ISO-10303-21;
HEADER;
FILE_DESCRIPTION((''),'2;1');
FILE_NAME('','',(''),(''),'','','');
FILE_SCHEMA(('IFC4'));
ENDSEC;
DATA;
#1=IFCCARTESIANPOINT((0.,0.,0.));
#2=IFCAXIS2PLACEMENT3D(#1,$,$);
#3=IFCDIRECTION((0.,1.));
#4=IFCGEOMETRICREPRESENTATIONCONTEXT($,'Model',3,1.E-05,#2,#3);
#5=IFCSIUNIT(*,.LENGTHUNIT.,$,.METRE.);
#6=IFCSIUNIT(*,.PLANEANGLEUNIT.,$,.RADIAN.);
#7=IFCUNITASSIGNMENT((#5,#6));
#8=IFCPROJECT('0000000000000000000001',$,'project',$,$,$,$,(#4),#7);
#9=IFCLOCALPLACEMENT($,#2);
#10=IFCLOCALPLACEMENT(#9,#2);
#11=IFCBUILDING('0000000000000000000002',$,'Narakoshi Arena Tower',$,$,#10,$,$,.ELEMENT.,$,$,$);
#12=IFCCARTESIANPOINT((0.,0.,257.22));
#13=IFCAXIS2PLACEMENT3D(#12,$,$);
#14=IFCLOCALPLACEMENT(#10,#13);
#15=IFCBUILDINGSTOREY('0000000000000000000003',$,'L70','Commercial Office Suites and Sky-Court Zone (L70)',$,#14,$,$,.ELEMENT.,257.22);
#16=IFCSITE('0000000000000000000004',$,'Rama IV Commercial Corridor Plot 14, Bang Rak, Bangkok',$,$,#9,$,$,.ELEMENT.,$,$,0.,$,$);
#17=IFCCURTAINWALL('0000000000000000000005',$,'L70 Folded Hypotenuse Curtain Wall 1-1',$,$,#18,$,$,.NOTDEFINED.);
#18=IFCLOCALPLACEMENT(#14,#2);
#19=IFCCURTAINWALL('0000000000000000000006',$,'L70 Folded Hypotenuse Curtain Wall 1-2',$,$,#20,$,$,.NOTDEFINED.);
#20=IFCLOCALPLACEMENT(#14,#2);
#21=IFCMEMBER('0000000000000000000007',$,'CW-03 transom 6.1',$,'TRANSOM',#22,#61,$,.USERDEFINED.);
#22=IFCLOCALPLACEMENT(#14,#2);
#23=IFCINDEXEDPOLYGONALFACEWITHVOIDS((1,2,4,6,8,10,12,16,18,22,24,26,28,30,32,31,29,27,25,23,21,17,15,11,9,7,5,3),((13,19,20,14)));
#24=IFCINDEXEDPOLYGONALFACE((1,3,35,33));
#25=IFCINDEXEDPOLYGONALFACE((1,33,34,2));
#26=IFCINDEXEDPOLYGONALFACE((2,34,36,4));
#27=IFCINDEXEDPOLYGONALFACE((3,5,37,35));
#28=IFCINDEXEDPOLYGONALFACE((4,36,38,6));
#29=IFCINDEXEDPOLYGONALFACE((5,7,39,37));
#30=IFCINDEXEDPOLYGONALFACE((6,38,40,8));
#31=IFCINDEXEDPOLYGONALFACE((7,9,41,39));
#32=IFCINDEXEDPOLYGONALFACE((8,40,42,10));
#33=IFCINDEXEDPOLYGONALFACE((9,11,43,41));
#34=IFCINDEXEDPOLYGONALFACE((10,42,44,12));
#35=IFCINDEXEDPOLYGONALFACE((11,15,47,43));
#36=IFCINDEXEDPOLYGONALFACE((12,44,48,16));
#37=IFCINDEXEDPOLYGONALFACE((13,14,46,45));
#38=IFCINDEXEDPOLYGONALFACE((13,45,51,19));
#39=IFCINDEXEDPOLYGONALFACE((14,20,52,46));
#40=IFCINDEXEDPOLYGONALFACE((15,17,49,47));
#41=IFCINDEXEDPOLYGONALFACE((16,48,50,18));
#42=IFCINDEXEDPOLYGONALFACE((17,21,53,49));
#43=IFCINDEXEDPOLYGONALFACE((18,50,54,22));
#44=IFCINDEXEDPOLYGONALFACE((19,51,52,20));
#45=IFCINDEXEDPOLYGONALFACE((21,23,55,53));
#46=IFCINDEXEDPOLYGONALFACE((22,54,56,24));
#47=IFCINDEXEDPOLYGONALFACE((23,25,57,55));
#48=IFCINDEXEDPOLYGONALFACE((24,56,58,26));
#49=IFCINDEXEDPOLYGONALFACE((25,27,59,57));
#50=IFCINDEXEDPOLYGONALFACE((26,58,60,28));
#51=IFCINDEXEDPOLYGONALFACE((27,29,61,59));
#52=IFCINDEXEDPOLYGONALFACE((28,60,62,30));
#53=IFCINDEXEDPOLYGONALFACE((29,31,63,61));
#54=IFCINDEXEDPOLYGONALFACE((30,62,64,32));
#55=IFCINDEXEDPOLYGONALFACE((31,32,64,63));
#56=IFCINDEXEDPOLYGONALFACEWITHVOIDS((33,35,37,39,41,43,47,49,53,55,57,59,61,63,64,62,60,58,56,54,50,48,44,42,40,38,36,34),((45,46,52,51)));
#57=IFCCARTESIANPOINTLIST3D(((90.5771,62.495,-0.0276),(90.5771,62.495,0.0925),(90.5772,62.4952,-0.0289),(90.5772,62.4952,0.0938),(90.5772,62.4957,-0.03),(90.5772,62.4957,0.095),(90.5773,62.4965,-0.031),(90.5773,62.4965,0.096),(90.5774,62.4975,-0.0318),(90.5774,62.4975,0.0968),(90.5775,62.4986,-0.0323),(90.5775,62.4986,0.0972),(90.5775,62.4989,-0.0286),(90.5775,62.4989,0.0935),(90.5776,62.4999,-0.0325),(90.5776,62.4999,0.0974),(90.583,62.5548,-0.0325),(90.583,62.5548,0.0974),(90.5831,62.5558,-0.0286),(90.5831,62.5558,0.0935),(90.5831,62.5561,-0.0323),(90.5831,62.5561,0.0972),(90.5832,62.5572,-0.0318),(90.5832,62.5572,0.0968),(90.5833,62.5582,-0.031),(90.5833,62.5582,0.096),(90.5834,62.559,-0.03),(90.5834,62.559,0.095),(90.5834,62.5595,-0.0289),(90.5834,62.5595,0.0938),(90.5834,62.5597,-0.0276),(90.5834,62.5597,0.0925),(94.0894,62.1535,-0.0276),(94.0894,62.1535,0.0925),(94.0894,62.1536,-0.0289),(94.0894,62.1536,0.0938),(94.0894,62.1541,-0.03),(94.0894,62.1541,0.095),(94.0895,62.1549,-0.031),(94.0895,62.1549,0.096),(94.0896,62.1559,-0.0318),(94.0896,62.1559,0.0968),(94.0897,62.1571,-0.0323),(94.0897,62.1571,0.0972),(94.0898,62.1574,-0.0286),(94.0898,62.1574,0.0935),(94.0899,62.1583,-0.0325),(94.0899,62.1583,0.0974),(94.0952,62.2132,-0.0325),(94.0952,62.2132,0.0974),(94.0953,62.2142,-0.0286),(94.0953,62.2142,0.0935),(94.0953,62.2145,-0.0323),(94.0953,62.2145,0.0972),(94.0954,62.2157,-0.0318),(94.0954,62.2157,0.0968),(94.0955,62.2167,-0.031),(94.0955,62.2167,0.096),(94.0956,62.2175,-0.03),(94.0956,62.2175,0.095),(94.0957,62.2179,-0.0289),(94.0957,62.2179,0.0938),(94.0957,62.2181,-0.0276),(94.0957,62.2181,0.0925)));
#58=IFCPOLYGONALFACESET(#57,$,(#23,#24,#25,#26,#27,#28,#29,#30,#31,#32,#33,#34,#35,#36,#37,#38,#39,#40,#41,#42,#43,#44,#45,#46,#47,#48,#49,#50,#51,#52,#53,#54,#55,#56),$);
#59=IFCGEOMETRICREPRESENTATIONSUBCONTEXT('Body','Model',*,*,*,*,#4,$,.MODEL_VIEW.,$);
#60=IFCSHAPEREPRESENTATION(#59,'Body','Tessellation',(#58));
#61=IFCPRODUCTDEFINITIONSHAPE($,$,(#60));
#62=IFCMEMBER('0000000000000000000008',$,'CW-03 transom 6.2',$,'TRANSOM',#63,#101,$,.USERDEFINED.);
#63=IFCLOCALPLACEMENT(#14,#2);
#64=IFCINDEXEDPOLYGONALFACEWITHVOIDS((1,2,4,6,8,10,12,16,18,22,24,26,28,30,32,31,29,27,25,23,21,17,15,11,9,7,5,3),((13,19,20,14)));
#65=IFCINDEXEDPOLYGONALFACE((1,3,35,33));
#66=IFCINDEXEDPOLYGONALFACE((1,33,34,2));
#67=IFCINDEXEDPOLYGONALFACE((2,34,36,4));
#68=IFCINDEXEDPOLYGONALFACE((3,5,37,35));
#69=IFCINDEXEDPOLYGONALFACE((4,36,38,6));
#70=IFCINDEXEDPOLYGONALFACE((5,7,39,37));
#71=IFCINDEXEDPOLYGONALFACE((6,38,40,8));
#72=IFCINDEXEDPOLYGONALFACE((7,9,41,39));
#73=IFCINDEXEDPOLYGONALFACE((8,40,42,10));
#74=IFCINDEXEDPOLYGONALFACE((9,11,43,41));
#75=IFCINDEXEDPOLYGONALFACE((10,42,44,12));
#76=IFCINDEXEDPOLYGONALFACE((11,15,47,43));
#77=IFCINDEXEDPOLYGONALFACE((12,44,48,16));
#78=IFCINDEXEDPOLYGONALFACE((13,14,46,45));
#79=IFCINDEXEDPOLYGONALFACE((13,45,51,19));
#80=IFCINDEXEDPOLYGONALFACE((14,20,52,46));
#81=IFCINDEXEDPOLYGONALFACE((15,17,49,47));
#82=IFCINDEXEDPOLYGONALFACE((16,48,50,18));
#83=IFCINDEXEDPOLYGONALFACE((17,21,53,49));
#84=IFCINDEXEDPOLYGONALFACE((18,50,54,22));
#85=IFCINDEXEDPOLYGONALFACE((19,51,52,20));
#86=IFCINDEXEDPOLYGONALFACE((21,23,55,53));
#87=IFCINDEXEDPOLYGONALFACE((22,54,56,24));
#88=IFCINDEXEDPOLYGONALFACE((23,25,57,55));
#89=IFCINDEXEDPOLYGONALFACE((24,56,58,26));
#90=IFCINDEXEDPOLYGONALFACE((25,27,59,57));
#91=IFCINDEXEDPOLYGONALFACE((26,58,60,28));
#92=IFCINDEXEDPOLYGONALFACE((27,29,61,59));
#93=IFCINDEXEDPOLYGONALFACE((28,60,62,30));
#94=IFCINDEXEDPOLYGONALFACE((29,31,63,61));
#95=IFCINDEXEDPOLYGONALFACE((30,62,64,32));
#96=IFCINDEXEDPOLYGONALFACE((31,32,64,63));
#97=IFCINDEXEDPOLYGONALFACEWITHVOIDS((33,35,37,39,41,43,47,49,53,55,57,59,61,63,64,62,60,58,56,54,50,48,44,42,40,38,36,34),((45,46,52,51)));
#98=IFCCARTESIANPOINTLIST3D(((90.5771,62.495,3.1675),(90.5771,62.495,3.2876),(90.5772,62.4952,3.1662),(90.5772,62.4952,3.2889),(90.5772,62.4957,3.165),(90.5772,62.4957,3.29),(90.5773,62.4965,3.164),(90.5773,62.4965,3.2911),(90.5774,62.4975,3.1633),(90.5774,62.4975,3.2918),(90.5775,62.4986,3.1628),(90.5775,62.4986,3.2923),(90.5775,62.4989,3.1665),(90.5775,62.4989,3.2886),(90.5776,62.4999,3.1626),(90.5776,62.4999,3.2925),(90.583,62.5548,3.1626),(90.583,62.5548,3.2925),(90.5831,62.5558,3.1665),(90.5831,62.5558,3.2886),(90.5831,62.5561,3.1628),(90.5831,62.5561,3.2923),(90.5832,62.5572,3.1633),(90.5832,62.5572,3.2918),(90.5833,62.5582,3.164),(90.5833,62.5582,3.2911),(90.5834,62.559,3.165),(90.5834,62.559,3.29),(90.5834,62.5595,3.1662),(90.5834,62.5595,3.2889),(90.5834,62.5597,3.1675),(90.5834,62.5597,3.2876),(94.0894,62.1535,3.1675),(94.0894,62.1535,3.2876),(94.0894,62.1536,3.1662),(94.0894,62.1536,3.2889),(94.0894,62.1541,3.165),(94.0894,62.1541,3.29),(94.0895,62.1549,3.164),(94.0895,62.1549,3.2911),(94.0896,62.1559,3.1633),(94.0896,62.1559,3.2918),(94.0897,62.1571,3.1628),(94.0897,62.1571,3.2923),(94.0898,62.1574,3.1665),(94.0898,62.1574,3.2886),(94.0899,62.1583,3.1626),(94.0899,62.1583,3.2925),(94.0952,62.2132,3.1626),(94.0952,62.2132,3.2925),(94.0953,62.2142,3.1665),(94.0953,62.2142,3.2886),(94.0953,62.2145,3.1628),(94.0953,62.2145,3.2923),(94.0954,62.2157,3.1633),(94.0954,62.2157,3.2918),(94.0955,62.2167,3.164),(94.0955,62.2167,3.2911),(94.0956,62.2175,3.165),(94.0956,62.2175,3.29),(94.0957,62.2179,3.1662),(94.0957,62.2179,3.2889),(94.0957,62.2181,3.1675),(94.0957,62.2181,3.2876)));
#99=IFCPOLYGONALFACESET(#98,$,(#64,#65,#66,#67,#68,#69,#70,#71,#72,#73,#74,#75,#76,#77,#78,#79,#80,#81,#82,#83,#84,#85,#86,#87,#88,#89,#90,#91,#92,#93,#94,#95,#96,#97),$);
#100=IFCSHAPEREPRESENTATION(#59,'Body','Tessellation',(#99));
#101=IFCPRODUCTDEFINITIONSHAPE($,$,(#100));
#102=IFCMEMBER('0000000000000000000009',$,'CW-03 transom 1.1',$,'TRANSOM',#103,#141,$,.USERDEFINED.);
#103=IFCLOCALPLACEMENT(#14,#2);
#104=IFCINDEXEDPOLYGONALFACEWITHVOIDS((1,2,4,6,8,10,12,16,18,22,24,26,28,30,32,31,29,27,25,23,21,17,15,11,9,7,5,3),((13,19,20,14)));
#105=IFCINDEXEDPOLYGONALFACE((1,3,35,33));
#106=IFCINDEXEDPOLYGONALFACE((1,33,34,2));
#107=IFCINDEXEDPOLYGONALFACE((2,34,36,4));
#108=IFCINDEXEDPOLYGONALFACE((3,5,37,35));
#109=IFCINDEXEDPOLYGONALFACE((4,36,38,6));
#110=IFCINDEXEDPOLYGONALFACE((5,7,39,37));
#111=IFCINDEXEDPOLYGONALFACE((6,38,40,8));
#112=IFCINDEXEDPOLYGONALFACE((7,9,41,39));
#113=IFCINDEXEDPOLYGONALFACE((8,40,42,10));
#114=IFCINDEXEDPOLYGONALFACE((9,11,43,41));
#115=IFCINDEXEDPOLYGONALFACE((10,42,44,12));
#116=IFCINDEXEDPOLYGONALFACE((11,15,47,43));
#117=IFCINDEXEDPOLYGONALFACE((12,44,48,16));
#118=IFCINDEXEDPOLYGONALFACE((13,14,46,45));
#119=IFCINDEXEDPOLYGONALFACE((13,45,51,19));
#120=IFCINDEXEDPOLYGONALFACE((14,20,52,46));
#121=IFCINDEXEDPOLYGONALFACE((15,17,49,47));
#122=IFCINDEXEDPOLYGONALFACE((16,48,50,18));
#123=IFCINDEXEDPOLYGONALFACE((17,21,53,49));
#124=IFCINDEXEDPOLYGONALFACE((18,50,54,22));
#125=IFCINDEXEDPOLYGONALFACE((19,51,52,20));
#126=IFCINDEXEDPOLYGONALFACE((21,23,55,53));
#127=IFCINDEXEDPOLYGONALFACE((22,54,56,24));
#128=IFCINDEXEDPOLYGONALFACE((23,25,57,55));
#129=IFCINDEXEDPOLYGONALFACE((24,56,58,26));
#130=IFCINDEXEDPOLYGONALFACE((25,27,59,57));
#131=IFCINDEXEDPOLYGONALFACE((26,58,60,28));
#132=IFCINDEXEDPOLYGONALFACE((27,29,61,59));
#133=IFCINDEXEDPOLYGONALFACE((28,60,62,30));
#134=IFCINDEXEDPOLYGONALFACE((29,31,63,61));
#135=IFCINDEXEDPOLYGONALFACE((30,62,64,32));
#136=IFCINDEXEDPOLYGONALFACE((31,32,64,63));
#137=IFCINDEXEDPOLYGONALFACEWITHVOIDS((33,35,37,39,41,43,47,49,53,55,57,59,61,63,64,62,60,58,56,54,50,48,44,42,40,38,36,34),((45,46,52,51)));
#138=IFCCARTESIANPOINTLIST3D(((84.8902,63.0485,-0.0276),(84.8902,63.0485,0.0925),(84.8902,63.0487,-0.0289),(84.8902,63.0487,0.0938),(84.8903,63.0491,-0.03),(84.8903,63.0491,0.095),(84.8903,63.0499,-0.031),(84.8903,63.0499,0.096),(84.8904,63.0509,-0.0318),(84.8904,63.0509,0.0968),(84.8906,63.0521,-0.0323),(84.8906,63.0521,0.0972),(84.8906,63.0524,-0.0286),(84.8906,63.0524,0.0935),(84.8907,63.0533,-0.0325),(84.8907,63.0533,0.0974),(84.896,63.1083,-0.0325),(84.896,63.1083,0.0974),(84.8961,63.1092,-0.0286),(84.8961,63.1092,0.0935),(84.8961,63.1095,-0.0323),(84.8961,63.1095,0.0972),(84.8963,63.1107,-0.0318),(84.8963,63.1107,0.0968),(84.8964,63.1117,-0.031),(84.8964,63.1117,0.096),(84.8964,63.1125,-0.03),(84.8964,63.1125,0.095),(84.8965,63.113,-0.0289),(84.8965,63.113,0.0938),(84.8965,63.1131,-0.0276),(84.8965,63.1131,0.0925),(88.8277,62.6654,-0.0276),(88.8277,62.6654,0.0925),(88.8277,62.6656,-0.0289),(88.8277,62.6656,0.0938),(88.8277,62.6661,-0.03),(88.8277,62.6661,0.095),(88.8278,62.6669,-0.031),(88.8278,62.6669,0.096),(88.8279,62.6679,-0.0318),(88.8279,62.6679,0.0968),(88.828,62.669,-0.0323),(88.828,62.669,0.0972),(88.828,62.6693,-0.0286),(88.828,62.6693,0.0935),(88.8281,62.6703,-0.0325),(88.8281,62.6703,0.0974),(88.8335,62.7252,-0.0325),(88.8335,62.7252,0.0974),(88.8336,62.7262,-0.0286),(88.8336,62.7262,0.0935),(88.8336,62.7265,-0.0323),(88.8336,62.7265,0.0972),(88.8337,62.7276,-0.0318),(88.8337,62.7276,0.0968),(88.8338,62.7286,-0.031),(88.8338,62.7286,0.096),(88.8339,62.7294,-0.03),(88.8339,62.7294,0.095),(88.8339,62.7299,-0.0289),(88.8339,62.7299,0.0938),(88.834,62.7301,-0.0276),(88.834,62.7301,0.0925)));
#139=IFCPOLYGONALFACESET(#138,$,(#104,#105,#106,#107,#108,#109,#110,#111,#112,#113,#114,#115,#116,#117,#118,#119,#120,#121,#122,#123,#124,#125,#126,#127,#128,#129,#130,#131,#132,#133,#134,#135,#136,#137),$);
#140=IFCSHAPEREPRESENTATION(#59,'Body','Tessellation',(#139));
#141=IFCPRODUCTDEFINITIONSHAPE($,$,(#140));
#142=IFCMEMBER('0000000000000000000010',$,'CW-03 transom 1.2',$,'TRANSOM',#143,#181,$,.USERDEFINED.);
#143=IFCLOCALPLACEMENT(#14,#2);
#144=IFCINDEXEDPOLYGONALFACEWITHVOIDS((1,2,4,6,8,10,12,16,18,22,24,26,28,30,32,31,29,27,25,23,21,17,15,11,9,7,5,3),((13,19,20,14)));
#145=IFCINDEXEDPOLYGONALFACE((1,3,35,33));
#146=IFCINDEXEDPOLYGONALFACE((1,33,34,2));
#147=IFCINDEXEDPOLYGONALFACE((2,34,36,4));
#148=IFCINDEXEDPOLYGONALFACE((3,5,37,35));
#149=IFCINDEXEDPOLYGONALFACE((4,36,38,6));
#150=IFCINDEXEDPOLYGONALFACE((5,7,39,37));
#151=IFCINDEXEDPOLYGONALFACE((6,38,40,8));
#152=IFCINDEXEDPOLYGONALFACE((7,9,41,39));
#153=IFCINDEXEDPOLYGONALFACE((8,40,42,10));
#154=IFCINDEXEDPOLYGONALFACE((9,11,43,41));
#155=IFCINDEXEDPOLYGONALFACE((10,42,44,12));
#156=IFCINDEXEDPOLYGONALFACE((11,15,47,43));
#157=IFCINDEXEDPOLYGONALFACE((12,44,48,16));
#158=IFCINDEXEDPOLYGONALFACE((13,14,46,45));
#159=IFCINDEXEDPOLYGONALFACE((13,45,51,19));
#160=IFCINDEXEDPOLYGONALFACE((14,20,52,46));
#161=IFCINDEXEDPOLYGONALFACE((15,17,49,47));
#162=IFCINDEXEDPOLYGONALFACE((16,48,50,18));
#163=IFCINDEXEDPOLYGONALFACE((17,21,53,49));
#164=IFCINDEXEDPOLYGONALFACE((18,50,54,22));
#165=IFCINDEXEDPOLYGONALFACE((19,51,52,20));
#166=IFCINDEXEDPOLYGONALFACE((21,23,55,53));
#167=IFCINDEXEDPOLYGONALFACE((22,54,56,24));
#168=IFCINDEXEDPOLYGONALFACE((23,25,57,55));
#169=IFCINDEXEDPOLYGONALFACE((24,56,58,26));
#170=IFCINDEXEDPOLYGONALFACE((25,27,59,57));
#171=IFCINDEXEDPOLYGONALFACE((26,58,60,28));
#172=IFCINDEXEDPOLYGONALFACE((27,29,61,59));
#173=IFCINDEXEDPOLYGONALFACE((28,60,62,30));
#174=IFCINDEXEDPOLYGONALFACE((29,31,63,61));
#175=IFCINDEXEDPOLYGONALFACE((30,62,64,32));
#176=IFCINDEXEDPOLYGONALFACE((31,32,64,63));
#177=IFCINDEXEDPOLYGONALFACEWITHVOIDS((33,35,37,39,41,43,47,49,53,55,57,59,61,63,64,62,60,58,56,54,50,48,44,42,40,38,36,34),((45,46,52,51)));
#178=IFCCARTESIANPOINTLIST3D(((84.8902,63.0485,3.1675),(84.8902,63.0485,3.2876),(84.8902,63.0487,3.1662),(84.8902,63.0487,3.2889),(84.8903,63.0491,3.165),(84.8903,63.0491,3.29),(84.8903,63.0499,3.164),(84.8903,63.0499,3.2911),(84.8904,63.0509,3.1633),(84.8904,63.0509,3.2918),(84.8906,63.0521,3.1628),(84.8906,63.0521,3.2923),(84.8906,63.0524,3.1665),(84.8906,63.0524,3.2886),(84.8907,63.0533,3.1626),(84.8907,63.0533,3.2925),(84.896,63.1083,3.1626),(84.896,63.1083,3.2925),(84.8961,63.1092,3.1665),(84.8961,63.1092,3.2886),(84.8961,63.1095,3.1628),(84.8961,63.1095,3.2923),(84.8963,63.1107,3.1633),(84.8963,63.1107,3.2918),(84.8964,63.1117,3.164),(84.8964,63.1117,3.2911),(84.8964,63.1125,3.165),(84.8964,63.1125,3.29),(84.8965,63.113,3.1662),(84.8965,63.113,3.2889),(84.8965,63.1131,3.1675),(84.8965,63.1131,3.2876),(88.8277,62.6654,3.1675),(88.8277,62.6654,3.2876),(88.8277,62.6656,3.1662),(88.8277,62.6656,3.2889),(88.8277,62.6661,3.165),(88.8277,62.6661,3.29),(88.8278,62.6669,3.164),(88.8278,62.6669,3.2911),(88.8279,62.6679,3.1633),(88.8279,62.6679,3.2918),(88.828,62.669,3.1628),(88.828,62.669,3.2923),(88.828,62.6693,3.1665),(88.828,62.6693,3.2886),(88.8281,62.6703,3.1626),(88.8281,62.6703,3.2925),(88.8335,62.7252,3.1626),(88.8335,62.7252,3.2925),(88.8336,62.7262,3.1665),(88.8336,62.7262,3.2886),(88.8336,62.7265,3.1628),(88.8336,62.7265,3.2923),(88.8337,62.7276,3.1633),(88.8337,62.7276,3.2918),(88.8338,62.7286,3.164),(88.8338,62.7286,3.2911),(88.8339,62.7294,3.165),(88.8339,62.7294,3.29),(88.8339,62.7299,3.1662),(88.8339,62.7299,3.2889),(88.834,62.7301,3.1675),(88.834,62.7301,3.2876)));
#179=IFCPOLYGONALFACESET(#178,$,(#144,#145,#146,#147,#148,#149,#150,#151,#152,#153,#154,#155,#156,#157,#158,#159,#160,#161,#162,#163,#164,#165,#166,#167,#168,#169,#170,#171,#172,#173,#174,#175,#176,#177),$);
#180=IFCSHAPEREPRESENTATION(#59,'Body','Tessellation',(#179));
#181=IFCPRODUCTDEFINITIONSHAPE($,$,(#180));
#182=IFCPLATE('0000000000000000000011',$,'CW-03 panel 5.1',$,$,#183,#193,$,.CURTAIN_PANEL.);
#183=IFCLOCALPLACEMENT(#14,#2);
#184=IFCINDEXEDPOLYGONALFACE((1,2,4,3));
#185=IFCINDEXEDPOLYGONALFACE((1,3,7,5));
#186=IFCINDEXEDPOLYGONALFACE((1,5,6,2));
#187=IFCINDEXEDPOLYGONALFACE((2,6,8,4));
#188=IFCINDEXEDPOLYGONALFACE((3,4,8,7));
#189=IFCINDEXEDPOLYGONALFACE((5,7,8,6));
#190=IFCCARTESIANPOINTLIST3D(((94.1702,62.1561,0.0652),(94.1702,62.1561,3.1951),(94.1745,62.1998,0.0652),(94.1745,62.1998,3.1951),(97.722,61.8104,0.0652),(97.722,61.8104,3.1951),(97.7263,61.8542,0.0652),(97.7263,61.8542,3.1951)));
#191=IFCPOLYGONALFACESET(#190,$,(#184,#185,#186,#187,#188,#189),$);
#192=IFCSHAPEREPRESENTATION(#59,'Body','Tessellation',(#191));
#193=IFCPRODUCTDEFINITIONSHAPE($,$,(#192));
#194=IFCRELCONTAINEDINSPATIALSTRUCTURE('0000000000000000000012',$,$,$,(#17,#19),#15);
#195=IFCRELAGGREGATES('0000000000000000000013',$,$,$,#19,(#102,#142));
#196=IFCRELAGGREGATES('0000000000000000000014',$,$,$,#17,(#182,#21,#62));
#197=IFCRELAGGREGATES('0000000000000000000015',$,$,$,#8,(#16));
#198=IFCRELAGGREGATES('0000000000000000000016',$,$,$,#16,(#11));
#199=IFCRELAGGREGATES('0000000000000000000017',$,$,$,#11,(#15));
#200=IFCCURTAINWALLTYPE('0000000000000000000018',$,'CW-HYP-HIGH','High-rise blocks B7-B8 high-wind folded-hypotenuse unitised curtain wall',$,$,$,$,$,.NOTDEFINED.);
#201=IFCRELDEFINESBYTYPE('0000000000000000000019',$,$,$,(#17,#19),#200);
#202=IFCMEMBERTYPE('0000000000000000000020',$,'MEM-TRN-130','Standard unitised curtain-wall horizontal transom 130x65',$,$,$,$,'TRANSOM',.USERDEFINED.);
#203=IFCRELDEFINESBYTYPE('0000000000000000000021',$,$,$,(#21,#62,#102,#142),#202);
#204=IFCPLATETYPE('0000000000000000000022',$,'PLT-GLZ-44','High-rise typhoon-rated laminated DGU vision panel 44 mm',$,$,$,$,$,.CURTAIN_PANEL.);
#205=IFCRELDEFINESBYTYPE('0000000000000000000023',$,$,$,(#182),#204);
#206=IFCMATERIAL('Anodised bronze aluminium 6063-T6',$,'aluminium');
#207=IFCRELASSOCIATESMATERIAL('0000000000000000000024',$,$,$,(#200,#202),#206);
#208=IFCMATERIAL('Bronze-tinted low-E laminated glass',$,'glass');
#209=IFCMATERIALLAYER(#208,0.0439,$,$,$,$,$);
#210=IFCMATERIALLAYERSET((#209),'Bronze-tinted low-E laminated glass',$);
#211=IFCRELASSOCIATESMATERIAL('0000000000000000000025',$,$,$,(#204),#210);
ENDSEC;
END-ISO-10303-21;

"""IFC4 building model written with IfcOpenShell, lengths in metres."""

from ifc_helpers import new_model, si_unit, direction, frame, origin, origin_2d, place, context, subcontext, project, spatial, rectangle, hollow_rectangle, extrude, material, layer, layer_set, material_profile, profile_set, type_object, element, aggregate, save


model = new_model("IFC4")

# Units and contexts
model_context = context("Model", 3, precision=1e-05, world=origin(), true_north=direction((0.0, 1.0)))
body_context = subcontext(model_context, "Body", "Model", "MODEL_VIEW")
ifc_project = project(units=[si_unit("LENGTHUNIT", "METRE"), si_unit("PLANEANGLEUNIT", "RADIAN")], contexts=[model_context])

# Site, building, storey
site_placement = place(None, origin())
site = spatial("IfcSite", under=ifc_project, at=site_placement, Name="Rama IV Commercial Corridor Plot 14, Bang Rak, Bangkok", CompositionType="ELEMENT", RefElevation=0.0)
building_placement = place(site_placement, origin())
building = spatial("IfcBuilding", under=site, at=building_placement, Name="Narakoshi Arena Tower", CompositionType="ELEMENT")
storey_placement = place(building_placement, frame((0.0, 0.0, 257.22)))
storey = spatial("IfcBuildingStorey", under=building, at=storey_placement, Name="L70", Description="Commercial Office Suites and Sky-Court Zone (L70)", CompositionType="ELEMENT", Elevation=257.22)

# Curtain wall
ifc_material_1 = material(Name="Anodised bronze aluminium 6063-T6", Category="aluminium")
curtain_wall_type = type_object("IfcCurtainWallType", Name="CW-HYP-HIGH", Description="High-rise blocks B7-B8 high-wind folded-hypotenuse unitised curtain wall", PredefinedType="NOTDEFINED", material=ifc_material_1)
curtain_wall_1_placement = place(storey_placement, origin())
curtain_wall_1 = element("IfcCurtainWall", 1, at=curtain_wall_1_placement, inside=storey, type_object=curtain_wall_type, Name="L70 Folded Hypotenuse Curtain Wall 1-1", PredefinedType="NOTDEFINED")

# Curtain wall
curtain_wall_2_placement = place(storey_placement, origin())
curtain_wall_2 = element("IfcCurtainWall", 2, at=curtain_wall_2_placement, inside=storey, type_object=curtain_wall_type, Name="L70 Folded Hypotenuse Curtain Wall 1-2", PredefinedType="NOTDEFINED")

# Members
ifc_material_profile_1 = material_profile(ifc_material_1, hollow_rectangle(XDim=0.0649, YDim=0.1299, WallThickness=0.0039, OuterFilletRadius=0.0049, at=origin_2d()), Name="TRN130x65x4")
ifc_profile_set_1 = profile_set([ifc_material_profile_1], Name="Anodised bronze aluminium 6063-T6")
member_type_1 = type_object("IfcMemberType", Name="MEM-TRN-130", Description="Standard unitised curtain-wall horizontal transom 130x65", ElementType="TRANSOM", PredefinedType="USERDEFINED", material=ifc_profile_set_1)
member_1_placement = place(storey_placement, frame((94.0925, 62.1858, 0.0325), z_axis=(-0.995305, 0.096791, 0.0), x_axis=(-0.096791, -0.995305, 0.0)))
member_1 = element("IfcMember", 3, at=member_1_placement, type_object=member_type_1, Name="CW-03 transom 6.1", ObjectType="TRANSOM", PredefinedType="USERDEFINED", context=body_context, shape_type="SweptSolid", body=[
    extrude(hollow_rectangle(XDim=0.0649, YDim=0.1299, WallThickness=0.0039, OuterFilletRadius=0.0049, at=origin_2d()), origin(), (0.0, 0.0, 1.0), 3.5288),
])
member_2_placement = place(storey_placement, frame((94.0925, 62.1858, 3.2275), z_axis=(-0.995305, 0.096791, 0.0), x_axis=(-0.096791, -0.995305, 0.0)))
member_2 = element("IfcMember", 4, at=member_2_placement, type_object=member_type_1, Name="CW-03 transom 6.2", ObjectType="TRANSOM", PredefinedType="USERDEFINED", context=body_context, shape_type="SweptSolid", body=[
    extrude(hollow_rectangle(XDim=0.0649, YDim=0.1299, WallThickness=0.0039, OuterFilletRadius=0.0049, at=origin_2d()), origin(), (0.0, 0.0, 1.0), 3.5288),
])
member_3_placement = place(storey_placement, frame((88.8308, 62.6978, 0.0325), z_axis=(-0.995301, 0.096827, 0.0), x_axis=(-0.096827, -0.995301, 0.0)))
member_3 = element("IfcMember", 5, at=member_3_placement, type_object=member_type_1, Name="CW-03 transom 1.1", ObjectType="TRANSOM", PredefinedType="USERDEFINED", context=body_context, shape_type="SweptSolid", body=[
    extrude(hollow_rectangle(XDim=0.0649, YDim=0.1299, WallThickness=0.0039, OuterFilletRadius=0.0049, at=origin_2d()), origin(), (0.0, 0.0, 1.0), 3.9561),
])
member_4_placement = place(storey_placement, frame((88.8308, 62.6978, 3.2275), z_axis=(-0.995301, 0.096827, 0.0), x_axis=(-0.096827, -0.995301, 0.0)))
member_4 = element("IfcMember", 6, at=member_4_placement, type_object=member_type_1, Name="CW-03 transom 1.2", ObjectType="TRANSOM", PredefinedType="USERDEFINED", context=body_context, shape_type="SweptSolid", body=[
    extrude(hollow_rectangle(XDim=0.0649, YDim=0.1299, WallThickness=0.0039, OuterFilletRadius=0.0049, at=origin_2d()), origin(), (0.0, 0.0, 1.0), 3.9561),
])
aggregate(curtain_wall_2, [member_3, member_4])

# Plate
ifc_material_2 = material(Name="Bronze-tinted low-E laminated glass", Category="glass")
ifc_layer_1 = layer(ifc_material_2, 0.0439)
ifc_layer_set_1 = layer_set([ifc_layer_1], Name="Bronze-tinted low-E laminated glass")
plate_type = type_object("IfcPlateType", Name="PLT-GLZ-44", Description="High-rise typhoon-rated laminated DGU vision panel 44 mm", PredefinedType="CURTAIN_PANEL", material=ifc_layer_set_1)
plate_1_placement = place(storey_placement, frame((95.9482, 62.0051, 0.0652), z_axis=(0.0, 0.0, 1.0), x_axis=(-0.995299, 0.096851, 0.0)))
plate_1 = element("IfcPlate", 7, at=plate_1_placement, type_object=plate_type, Name="CW-03 panel 5.1", PredefinedType="CURTAIN_PANEL", context=body_context, shape_type="SweptSolid", body=[
    extrude(rectangle(XDim=3.5686, YDim=0.0439, at=origin_2d()), origin(), (0.0, 0.0, 1.0), 3.1299),
])
aggregate(curtain_wall_1, [plate_1, member_1, member_2])

save(model, "model.ifc")
